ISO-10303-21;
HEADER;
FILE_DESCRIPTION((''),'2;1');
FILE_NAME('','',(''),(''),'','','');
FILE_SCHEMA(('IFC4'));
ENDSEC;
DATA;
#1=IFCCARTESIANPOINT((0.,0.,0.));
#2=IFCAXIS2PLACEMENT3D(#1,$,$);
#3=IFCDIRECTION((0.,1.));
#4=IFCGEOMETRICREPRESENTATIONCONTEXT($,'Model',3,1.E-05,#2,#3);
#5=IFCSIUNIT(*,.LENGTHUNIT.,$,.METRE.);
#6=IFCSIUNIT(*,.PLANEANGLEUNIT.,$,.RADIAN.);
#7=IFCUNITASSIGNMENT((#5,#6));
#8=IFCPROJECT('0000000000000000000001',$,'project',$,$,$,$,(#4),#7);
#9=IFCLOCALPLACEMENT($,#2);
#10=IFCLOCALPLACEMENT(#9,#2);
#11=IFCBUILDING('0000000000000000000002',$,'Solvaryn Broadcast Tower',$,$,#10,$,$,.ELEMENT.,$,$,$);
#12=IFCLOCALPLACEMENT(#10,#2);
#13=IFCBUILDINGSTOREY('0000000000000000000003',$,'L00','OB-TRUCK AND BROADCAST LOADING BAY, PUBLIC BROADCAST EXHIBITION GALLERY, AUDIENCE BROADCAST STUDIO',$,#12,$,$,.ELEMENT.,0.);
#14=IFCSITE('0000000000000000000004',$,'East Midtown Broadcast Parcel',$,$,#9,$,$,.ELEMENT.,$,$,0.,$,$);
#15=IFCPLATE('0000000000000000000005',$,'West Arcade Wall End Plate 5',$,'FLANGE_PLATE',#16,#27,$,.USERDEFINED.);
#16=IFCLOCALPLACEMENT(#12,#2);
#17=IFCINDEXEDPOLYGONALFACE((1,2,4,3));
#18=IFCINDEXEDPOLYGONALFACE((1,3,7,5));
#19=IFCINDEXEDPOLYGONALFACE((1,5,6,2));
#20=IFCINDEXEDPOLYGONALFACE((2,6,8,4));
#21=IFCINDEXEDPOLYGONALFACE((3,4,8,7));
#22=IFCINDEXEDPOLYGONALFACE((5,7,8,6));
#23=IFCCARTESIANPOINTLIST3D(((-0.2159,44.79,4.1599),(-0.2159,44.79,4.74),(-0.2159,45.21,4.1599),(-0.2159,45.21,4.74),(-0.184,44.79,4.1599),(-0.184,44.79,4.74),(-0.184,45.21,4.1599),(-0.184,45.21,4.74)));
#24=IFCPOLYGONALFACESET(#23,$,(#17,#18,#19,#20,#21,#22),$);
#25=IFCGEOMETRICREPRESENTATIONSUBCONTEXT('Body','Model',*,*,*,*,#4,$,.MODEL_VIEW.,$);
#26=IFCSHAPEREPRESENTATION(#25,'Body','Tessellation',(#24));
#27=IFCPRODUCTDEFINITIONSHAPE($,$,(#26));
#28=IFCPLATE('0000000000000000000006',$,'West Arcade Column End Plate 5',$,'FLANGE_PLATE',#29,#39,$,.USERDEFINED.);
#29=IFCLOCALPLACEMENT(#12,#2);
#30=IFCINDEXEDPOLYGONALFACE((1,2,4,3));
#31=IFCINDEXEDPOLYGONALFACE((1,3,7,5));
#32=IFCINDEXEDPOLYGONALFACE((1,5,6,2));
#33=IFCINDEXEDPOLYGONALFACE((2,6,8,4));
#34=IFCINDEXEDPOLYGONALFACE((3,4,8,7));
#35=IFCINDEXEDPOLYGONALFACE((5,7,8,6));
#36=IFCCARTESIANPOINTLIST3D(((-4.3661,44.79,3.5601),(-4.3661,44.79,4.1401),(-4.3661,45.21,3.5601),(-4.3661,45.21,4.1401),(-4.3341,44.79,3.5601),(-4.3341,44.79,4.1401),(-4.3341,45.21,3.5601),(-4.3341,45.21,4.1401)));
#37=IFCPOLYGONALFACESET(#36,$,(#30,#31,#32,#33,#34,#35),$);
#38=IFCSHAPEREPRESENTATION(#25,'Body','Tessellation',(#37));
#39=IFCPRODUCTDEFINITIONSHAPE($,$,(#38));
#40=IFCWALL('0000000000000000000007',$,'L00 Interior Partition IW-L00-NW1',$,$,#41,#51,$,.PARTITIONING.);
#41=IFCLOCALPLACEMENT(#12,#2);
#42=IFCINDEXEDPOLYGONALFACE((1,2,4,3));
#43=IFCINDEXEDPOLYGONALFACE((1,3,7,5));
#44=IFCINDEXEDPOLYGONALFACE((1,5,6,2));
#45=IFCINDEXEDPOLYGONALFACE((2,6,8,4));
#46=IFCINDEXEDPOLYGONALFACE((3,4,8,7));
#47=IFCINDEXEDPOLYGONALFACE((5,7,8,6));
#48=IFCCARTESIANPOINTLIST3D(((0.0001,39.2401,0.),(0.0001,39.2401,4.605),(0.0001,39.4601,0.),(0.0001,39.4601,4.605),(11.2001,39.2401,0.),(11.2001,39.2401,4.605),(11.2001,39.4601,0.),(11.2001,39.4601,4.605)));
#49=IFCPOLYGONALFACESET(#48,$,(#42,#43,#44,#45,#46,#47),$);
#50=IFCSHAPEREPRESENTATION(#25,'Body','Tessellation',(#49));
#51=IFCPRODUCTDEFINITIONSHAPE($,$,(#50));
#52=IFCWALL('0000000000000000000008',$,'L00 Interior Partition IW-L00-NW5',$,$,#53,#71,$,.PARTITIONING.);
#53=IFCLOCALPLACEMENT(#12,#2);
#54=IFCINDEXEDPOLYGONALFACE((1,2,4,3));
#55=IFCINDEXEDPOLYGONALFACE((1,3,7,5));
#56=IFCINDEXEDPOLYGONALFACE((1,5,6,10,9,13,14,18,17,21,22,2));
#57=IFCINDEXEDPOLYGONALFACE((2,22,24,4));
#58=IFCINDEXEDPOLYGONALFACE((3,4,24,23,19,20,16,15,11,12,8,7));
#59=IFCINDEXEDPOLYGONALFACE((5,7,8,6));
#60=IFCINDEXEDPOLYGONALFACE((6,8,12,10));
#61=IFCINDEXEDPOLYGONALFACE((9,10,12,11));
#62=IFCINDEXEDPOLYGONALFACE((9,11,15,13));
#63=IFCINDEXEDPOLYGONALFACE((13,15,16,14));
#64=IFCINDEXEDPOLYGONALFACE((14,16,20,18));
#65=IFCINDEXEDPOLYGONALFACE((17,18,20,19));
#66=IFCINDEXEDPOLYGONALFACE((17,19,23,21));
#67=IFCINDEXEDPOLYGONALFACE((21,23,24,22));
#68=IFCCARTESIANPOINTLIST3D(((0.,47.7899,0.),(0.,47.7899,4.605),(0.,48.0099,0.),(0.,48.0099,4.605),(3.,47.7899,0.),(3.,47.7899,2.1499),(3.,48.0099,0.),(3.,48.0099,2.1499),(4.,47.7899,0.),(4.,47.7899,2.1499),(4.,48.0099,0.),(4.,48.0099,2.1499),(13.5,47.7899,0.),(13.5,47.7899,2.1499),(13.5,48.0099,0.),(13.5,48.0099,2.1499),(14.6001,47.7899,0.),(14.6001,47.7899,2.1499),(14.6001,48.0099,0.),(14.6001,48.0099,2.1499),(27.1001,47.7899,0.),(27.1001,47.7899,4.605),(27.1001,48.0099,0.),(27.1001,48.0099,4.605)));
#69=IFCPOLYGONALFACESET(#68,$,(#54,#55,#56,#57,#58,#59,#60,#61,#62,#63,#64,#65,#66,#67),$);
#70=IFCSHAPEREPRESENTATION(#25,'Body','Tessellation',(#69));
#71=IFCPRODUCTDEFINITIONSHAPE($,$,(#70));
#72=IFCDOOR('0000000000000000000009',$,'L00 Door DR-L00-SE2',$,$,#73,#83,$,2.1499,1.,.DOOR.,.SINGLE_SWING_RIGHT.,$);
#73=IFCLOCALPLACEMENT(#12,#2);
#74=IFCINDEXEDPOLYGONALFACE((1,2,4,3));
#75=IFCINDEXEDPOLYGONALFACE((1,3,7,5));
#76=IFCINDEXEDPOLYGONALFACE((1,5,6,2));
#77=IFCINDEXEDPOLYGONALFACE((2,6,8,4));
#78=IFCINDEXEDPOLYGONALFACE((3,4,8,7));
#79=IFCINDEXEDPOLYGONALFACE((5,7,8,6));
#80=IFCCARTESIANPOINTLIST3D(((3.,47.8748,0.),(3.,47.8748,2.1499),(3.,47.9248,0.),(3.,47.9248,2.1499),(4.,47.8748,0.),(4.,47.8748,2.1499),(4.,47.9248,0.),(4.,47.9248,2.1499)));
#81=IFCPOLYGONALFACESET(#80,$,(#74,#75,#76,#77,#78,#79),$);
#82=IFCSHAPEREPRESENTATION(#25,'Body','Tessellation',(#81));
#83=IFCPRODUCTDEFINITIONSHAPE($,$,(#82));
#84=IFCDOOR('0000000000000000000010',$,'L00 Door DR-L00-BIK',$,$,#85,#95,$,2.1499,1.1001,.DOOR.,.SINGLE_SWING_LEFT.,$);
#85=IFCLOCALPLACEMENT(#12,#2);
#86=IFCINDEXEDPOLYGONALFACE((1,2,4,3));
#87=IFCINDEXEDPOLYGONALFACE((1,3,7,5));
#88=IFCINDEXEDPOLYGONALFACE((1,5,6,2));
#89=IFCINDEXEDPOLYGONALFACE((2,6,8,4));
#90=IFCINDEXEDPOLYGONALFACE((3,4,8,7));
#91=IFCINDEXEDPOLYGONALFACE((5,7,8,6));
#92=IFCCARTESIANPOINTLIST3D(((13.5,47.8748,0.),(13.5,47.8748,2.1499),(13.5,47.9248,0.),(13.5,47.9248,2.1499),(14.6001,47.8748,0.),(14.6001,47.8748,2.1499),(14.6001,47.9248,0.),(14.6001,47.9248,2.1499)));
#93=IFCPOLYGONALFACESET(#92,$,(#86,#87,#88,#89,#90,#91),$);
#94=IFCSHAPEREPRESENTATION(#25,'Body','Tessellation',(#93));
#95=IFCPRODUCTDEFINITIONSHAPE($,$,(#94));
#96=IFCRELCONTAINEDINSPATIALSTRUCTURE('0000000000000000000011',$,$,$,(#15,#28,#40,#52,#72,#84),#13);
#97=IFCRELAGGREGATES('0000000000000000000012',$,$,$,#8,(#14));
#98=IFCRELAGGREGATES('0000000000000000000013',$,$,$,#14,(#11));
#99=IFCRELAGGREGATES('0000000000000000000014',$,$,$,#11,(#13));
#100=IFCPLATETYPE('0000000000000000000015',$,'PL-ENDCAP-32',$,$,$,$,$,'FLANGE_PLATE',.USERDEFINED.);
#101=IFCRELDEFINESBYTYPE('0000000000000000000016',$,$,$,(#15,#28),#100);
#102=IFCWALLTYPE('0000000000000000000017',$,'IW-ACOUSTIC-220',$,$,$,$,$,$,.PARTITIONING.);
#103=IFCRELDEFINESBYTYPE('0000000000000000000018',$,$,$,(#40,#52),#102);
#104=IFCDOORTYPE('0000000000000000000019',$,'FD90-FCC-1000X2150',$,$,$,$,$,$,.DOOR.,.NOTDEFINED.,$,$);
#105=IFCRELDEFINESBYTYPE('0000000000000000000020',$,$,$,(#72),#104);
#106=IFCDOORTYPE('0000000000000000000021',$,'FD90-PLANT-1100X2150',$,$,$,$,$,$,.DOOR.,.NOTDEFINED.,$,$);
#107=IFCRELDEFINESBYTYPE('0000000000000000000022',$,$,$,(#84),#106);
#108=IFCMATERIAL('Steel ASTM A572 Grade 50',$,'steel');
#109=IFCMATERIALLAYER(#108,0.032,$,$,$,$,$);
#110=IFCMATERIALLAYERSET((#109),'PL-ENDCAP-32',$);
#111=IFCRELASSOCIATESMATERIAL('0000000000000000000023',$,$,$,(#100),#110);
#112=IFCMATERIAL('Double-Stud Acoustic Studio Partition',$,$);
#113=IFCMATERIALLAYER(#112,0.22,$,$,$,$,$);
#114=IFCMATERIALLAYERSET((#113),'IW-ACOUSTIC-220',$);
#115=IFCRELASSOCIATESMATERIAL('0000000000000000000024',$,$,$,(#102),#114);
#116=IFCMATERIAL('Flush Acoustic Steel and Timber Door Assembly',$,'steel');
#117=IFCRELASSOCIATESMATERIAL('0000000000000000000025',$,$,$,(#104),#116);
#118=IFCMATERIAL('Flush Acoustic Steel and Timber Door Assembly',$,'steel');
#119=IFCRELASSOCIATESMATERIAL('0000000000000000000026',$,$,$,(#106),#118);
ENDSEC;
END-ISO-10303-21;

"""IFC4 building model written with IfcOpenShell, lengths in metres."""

from ifc_helpers import new_model, si_unit, direction, frame, frame_2d, origin, origin_2d, place, context, subcontext, project, spatial, rectangle, extrude, material, layer, layer_set, type_object, element, fill, save


model = new_model("IFC4")

# Units and contexts
model_context = context("Model", 3, precision=1e-05, world=origin(), true_north=direction((0.0, 1.0)))
body_context = subcontext(model_context, "Body", "Model", "MODEL_VIEW")
ifc_project = project(units=[si_unit("LENGTHUNIT", "METRE"), si_unit("PLANEANGLEUNIT", "RADIAN")], contexts=[model_context])

# Site, building, storey
site_placement = place(None, origin())
site = spatial("IfcSite", under=ifc_project, at=site_placement, Name="East Midtown Broadcast Parcel", CompositionType="ELEMENT", RefElevation=0.0)
building_placement = place(site_placement, origin())
building = spatial("IfcBuilding", under=site, at=building_placement, Name="Solvaryn Broadcast Tower", CompositionType="ELEMENT")
storey_placement = place(building_placement, origin())
storey = spatial("IfcBuildingStorey", under=building, at=storey_placement, Name="L00", Description="OB-TRUCK AND BROADCAST LOADING BAY, PUBLIC BROADCAST EXHIBITION GALLERY, AUDIENCE BROADCAST STUDIO", CompositionType="ELEMENT", Elevation=0.0)

# Plates
ifc_material_1 = material(Name="Steel ASTM A572 Grade 50", Category="steel")
ifc_layer_1 = layer(ifc_material_1, 0.032)
ifc_layer_set_1 = layer_set([ifc_layer_1], Name="PL-ENDCAP-32")
plate_type = type_object("IfcPlateType", Name="PL-ENDCAP-32", ElementType="FLANGE_PLATE", PredefinedType="USERDEFINED", material=ifc_layer_set_1)
for number, where, z_axis, x_axis, name in (
    (1, (-0.2, 45.0, 4.1599), (0.0, 0.0, 1.0), (1.0, 0.0, 0.0), "West Arcade Wall End Plate 5"),
    (2, (-4.3501, 45.0, 3.5601), (0.0, 0.0, 1.0), (1.0, 0.0, 0.0), "West Arcade Column End Plate 5"),
):
    element("IfcPlate", number, at=place(storey_placement, frame(where, z_axis=z_axis, x_axis=x_axis)), inside=storey, type_object=plate_type, Name=name, ObjectType="FLANGE_PLATE", PredefinedType="USERDEFINED", context=body_context, shape_type="SweptSolid", body=[
        extrude(rectangle(XDim=0.032, YDim=0.4199, at=origin_2d()), origin(), (0.0, 0.0, 1.0), 0.5801),
    ])

# Wall
ifc_material_2 = material(Name="Double-Stud Acoustic Studio Partition")
ifc_layer_2 = layer(ifc_material_2, 0.22)
ifc_layer_set_2 = layer_set([ifc_layer_2], Name="IW-ACOUSTIC-220")
wall_type = type_object("IfcWallType", Name="IW-ACOUSTIC-220", PredefinedType="PARTITIONING", material=ifc_layer_set_2)
wall_1_placement = place(storey_placement, frame((0.0, 39.3501, 0.0), z_axis=(0.0, 0.0, 1.0), x_axis=(1.0, 0.0, 0.0)))
element("IfcWall", 3, at=wall_1_placement, inside=storey, type_object=wall_type, Name="L00 Interior Partition IW-L00-NW1", PredefinedType="PARTITIONING", context=body_context, shape_type="SweptSolid", body=[
    extrude(rectangle(XDim=11.2, YDim=0.22, at=frame_2d((5.6001, 0.0))), origin(), (0.0, 0.0, 1.0), 4.605),
])

# Wall, openings, doors
wall_2_placement = place(storey_placement, frame((0.0, 47.8999, 0.0), z_axis=(0.0, 0.0, 1.0), x_axis=(1.0, 0.0, 0.0)))
wall_2 = element("IfcWall", 4, at=wall_2_placement, inside=storey, type_object=wall_type, Name="L00 Interior Partition IW-L00-NW5", PredefinedType="PARTITIONING", context=body_context, shape_type="SweptSolid", body=[
    extrude(rectangle(XDim=27.1001, YDim=0.22, at=frame_2d((13.55, 0.0))), origin(), (0.0, 0.0, 1.0), 4.605),
])
opening_1_placement = place(wall_2_placement, frame((13.5, 0.0, 0.0)))
opening_1 = element("IfcOpeningElement", 5, at=opening_1_placement, cuts=wall_2, PredefinedType="OPENING", context=body_context, shape_type="SweptSolid", body=[
    extrude(rectangle(XDim=1.1001, YDim=2.1499, at=frame_2d((0.55, 1.075))), frame((0.0, 0.1199, 0.0), z_axis=(0.0, -1.0, 0.0), x_axis=(1.0, 0.0, 0.0)), (0.0, 0.0, 1.0), 0.24),
])
opening_2_placement = place(wall_2_placement, frame((3.0, 0.0, 0.0)))
opening_2 = element("IfcOpeningElement", 6, at=opening_2_placement, cuts=wall_2, PredefinedType="OPENING", context=body_context, shape_type="SweptSolid", body=[
    extrude(rectangle(XDim=1.0, YDim=2.1499, at=frame_2d((0.5, 1.075))), frame((0.0, 0.1199, 0.0), z_axis=(0.0, -1.0, 0.0), x_axis=(1.0, 0.0, 0.0)), (0.0, 0.0, 1.0), 0.24),
])
ifc_material_3 = material(Name="Flush Acoustic Steel and Timber Door Assembly", Category="steel")
door_type_1 = type_object("IfcDoorType", Name="FD90-FCC-1000X2150", OperationType="NOTDEFINED", PredefinedType="DOOR", material=ifc_material_3)
door_1_placement = place(opening_2_placement, origin())
door_1 = element("IfcDoor", 7, at=door_1_placement, inside=storey, type_object=door_type_1, Name="L00 Door DR-L00-SE2", OperationType="SINGLE_SWING_RIGHT", OverallHeight=2.1499, OverallWidth=1.0, PredefinedType="DOOR", context=body_context, shape_type="SweptSolid", body=[
    extrude(rectangle(XDim=1.0, YDim=2.1499, at=frame_2d((0.5, 1.075))), frame((0.0, 0.0249, 0.0), z_axis=(0.0, -1.0, 0.0), x_axis=(1.0, 0.0, 0.0)), (0.0, 0.0, 1.0), 0.05),
])
fill(opening_2, door_1)
ifc_material_4 = material(Name="Flush Acoustic Steel and Timber Door Assembly", Category="steel")
door_type_2 = type_object("IfcDoorType", Name="FD90-PLANT-1100X2150", OperationType="NOTDEFINED", PredefinedType="DOOR", material=ifc_material_4)
door_2_placement = place(opening_1_placement, origin())
door_2 = element("IfcDoor", 8, at=door_2_placement, inside=storey, type_object=door_type_2, Name="L00 Door DR-L00-BIK", OperationType="SINGLE_SWING_LEFT", OverallHeight=2.1499, OverallWidth=1.1001, PredefinedType="DOOR", context=body_context, shape_type="SweptSolid", body=[
    extrude(rectangle(XDim=1.1001, YDim=2.1499, at=frame_2d((0.55, 1.075))), frame((0.0, 0.0249, 0.0), z_axis=(0.0, -1.0, 0.0), x_axis=(1.0, 0.0, 0.0)), (0.0, 0.0, 1.0), 0.05),
])
fill(opening_1, door_2)

save(model, "model.ifc")
